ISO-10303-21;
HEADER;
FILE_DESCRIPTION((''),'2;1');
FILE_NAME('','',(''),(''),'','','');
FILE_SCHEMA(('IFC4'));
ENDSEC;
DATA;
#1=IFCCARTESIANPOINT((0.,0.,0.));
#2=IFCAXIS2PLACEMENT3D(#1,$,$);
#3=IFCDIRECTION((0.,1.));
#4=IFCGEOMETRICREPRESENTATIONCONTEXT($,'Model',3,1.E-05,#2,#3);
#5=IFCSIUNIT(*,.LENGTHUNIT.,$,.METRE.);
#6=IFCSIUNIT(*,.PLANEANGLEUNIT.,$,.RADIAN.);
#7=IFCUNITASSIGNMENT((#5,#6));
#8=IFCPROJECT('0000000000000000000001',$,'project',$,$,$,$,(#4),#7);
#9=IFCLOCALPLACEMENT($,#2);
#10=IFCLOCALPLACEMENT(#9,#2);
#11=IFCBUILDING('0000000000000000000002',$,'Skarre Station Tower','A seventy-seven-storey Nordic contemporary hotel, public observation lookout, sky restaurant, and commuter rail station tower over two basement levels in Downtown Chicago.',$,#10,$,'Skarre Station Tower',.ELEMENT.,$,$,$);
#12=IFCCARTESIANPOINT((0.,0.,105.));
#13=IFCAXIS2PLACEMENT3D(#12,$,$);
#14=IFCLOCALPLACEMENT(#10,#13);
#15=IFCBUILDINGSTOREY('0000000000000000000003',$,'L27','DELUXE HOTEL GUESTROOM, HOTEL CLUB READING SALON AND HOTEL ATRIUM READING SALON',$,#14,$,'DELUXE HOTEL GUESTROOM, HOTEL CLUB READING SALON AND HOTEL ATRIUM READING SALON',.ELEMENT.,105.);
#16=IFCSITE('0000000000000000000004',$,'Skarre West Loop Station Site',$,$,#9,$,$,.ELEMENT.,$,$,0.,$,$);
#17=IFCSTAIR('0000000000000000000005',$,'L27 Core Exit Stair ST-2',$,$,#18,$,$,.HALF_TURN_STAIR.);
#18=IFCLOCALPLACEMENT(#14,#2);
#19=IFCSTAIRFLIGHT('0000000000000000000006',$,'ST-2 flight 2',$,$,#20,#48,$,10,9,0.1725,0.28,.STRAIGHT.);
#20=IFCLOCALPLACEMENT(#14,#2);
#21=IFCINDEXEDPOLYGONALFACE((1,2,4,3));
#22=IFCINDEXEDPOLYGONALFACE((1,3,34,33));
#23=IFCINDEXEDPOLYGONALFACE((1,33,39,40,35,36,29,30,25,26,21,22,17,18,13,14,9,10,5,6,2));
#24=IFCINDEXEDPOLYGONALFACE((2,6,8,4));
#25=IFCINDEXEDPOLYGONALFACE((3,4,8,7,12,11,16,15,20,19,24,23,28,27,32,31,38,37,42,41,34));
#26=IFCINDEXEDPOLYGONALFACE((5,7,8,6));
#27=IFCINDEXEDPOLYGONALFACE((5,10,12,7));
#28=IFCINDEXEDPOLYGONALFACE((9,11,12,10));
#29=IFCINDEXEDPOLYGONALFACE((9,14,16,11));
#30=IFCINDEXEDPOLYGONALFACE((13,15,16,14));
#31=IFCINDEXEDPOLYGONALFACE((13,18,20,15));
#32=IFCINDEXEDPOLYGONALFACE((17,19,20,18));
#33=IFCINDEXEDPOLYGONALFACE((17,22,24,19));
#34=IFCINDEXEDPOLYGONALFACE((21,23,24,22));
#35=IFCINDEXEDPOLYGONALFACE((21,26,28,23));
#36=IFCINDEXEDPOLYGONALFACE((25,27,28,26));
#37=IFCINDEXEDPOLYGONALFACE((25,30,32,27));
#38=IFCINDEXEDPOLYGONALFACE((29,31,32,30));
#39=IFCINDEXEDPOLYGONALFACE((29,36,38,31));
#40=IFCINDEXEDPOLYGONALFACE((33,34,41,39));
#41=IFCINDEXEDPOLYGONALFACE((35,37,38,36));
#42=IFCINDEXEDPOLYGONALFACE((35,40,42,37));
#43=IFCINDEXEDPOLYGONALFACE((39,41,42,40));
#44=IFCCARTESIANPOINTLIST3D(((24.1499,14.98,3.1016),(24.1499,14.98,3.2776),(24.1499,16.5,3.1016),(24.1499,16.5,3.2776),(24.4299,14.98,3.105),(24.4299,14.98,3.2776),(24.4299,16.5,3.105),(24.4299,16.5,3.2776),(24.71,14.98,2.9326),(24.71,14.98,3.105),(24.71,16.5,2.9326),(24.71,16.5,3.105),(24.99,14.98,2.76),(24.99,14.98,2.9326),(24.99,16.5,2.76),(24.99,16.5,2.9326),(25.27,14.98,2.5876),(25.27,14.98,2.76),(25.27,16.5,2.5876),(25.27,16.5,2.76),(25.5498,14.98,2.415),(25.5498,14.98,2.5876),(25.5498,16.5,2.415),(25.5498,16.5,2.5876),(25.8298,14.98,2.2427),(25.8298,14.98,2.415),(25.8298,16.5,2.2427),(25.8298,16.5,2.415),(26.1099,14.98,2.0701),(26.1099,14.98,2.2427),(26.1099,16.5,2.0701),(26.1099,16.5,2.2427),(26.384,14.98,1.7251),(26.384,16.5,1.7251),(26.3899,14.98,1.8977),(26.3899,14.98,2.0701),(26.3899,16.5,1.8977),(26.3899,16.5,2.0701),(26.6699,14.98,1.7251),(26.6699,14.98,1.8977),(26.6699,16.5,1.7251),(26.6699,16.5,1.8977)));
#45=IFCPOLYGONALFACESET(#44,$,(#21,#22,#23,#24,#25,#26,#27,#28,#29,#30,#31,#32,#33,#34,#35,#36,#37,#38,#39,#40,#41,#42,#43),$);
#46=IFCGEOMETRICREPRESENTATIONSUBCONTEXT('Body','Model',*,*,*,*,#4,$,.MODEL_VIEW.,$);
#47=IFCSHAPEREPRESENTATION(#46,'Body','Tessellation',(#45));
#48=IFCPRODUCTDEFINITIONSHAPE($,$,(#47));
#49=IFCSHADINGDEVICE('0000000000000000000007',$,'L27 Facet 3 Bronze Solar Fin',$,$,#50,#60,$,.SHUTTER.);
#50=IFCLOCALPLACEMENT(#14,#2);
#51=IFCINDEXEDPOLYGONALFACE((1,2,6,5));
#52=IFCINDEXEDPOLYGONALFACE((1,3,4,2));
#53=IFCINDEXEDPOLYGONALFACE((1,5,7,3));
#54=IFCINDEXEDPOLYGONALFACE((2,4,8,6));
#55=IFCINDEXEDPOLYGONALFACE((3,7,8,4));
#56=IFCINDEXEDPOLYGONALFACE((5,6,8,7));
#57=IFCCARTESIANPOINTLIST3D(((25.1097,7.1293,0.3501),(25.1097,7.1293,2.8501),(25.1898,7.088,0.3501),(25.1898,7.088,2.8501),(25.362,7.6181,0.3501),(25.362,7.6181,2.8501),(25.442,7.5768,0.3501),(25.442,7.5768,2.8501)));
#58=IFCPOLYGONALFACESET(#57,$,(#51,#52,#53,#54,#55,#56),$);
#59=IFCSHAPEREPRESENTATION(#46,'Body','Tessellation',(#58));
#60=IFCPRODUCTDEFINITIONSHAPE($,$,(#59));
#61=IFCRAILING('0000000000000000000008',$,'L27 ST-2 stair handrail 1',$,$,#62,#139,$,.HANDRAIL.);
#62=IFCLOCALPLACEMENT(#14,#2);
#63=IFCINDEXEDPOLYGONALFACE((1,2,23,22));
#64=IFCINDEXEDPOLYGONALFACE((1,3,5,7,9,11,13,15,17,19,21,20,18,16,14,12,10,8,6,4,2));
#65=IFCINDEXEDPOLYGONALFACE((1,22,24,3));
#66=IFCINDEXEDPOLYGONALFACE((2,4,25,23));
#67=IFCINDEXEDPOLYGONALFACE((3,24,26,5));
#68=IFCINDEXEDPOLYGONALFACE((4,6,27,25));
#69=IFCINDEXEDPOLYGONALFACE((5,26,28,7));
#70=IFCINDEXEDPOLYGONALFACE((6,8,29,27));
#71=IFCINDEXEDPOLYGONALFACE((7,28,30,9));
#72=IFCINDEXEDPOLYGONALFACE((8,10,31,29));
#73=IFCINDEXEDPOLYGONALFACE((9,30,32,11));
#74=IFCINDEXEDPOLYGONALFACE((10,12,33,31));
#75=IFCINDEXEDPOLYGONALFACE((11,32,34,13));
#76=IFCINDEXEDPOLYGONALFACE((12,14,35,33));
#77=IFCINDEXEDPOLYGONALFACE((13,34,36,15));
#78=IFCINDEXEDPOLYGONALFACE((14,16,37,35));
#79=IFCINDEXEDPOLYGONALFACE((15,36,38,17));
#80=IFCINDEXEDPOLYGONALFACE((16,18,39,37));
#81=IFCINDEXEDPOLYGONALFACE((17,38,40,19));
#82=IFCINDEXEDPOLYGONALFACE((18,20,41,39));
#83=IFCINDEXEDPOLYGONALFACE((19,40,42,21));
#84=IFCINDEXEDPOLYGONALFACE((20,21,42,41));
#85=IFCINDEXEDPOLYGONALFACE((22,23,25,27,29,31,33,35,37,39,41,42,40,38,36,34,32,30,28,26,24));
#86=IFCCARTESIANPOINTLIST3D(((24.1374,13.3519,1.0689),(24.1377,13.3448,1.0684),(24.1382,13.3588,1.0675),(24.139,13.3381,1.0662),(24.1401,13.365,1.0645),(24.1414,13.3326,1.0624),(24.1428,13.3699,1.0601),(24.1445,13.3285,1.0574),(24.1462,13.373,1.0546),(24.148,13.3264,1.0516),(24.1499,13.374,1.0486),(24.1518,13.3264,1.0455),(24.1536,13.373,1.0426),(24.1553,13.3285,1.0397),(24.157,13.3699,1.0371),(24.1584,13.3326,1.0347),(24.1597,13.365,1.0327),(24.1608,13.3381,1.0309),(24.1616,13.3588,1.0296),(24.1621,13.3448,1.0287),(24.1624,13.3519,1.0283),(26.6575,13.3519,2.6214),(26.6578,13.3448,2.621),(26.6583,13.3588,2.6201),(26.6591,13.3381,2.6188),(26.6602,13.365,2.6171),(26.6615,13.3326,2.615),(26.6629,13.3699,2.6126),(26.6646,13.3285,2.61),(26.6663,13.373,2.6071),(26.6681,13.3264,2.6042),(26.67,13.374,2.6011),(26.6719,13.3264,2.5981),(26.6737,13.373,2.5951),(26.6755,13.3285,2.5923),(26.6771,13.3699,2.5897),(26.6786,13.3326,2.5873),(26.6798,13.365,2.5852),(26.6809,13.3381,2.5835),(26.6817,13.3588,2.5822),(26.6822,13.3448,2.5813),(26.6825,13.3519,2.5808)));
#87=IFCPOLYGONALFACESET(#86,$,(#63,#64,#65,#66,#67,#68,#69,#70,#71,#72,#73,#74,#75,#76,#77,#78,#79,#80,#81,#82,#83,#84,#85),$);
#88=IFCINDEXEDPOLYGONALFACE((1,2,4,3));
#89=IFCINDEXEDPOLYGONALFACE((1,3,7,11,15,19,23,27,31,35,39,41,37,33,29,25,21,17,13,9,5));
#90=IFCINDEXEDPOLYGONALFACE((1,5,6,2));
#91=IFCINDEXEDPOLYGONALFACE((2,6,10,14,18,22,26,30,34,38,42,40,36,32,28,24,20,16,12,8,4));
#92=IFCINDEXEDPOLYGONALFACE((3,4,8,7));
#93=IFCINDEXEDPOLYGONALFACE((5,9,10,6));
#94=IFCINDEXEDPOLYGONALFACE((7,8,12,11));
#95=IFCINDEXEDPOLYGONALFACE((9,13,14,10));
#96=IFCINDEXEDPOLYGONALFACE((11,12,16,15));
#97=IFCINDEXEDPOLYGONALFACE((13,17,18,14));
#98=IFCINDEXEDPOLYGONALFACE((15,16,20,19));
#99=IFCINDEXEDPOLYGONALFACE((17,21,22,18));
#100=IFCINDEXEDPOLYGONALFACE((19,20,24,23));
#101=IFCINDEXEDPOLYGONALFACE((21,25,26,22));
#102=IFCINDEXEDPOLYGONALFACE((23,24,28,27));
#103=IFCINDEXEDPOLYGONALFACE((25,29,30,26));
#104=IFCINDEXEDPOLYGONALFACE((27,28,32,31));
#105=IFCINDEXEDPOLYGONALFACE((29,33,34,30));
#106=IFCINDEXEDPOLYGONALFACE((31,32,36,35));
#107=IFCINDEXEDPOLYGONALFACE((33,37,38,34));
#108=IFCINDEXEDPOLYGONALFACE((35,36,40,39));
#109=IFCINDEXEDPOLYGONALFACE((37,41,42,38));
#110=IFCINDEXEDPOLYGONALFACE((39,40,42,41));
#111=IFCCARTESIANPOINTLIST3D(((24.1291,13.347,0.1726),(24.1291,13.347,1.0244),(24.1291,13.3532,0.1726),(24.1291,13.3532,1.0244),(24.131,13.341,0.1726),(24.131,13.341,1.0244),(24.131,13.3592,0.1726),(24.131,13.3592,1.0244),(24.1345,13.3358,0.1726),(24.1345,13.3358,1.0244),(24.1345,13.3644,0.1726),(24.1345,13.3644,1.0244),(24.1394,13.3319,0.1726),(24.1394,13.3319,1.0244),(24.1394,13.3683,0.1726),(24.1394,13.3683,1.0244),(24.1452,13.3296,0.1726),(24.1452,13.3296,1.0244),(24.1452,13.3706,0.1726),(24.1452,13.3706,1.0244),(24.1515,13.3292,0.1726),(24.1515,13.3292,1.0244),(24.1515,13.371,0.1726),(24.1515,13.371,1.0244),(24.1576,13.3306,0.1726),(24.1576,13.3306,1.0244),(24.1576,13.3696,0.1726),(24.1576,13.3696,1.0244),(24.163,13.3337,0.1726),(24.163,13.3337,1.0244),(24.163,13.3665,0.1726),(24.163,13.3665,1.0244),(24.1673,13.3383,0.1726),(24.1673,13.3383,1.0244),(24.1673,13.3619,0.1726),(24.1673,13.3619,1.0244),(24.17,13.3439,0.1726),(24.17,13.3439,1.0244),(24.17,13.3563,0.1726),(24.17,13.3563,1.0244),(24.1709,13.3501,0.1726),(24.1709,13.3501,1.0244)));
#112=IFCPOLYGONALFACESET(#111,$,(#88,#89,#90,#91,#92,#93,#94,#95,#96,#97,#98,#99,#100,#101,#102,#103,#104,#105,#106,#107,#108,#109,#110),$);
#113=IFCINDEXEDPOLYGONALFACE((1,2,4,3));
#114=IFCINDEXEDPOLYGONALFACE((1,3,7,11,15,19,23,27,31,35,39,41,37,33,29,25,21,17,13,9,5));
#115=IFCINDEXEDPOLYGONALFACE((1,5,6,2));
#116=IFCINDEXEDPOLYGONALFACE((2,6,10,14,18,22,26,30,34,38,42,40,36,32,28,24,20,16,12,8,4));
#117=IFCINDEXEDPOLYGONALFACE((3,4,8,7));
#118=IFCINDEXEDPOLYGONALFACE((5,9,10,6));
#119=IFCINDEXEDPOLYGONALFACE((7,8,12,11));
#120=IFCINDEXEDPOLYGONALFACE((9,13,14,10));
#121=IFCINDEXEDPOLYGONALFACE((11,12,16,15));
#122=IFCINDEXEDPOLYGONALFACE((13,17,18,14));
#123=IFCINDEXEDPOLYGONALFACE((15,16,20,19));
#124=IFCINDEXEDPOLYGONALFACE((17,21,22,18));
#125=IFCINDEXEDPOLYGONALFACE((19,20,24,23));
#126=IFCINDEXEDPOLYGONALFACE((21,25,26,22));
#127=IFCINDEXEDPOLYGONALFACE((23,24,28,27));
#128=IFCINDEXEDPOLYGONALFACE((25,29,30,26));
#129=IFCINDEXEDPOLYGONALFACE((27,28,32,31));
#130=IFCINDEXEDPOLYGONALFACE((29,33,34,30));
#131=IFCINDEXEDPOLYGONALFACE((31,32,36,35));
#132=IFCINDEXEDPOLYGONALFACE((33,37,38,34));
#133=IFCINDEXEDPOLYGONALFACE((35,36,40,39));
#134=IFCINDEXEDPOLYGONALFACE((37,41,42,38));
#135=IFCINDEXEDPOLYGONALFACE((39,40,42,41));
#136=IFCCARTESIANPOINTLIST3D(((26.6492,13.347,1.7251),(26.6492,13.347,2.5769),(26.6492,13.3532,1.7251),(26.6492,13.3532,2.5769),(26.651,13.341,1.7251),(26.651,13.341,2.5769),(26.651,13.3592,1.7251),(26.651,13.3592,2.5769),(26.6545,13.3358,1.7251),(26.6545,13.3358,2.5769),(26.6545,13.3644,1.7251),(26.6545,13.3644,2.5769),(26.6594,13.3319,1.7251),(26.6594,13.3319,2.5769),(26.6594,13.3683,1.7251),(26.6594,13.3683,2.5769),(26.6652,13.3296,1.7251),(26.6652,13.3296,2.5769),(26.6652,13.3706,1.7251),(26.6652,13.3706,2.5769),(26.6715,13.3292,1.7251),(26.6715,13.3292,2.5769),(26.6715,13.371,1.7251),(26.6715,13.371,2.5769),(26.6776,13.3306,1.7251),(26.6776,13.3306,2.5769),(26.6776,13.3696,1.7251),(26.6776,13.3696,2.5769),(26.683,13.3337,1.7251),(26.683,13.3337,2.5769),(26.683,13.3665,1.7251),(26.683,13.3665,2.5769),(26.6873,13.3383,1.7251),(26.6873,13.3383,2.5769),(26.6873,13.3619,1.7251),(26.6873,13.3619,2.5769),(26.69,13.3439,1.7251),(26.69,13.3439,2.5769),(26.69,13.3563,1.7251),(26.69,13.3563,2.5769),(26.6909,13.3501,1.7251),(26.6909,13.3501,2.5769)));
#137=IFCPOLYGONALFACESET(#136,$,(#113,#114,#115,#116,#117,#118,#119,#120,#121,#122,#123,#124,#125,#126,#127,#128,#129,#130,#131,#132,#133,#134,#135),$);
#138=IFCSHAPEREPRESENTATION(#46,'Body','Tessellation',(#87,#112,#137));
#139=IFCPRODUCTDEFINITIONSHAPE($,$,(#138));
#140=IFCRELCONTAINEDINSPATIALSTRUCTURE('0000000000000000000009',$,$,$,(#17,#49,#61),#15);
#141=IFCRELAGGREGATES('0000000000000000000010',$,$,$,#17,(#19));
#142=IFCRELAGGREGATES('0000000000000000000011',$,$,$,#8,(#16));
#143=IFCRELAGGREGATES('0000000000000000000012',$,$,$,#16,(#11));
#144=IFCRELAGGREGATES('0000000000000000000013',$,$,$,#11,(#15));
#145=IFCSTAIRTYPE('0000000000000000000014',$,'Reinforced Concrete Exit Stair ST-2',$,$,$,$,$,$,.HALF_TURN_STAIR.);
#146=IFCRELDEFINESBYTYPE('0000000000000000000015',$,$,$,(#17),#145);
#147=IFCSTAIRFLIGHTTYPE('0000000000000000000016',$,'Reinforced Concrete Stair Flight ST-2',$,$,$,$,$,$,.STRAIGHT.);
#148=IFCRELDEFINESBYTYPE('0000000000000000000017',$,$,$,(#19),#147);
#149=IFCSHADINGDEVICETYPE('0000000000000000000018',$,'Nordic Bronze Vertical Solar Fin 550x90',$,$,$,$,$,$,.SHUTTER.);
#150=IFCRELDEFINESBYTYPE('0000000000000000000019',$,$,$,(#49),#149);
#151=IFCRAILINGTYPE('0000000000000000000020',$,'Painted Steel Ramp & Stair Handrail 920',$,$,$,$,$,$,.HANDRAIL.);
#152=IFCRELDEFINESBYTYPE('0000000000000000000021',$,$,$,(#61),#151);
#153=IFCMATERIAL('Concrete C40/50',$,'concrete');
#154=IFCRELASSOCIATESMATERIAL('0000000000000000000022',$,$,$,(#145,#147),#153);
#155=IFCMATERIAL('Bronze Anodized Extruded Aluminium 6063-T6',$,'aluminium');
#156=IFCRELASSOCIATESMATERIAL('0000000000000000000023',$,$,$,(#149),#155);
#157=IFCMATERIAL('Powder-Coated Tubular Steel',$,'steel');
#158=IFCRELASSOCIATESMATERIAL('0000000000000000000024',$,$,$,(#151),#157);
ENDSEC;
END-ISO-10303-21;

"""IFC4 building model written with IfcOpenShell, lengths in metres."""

from ifc_helpers import new_model, si_unit, direction, frame, origin, origin_2d, place, context, subcontext, project, spatial, polyline, rectangle, circle, outline, extrude, material, type_object, element, aggregate, save


model = new_model("IFC4")

# Units and contexts
model_context = context("Model", 3, precision=1e-05, world=origin(), true_north=direction((0.0, 1.0)))
body_context = subcontext(model_context, "Body", "Model", "MODEL_VIEW")
ifc_project = project(units=[si_unit("LENGTHUNIT", "METRE"), si_unit("PLANEANGLEUNIT", "RADIAN")], contexts=[model_context])

# Site, building, storey
site_placement = place(None, origin())
site = spatial("IfcSite", under=ifc_project, at=site_placement, Name="Skarre West Loop Station Site", CompositionType="ELEMENT", RefElevation=0.0)
building_placement = place(site_placement, origin())
building = spatial("IfcBuilding", under=site, at=building_placement, Name="Skarre Station Tower", Description="A seventy-seven-storey Nordic contemporary hotel, public observation lookout, sky restaurant, and commuter rail station tower over two basement levels in Downtown Chicago.", LongName="Skarre Station Tower", CompositionType="ELEMENT")
storey_placement = place(building_placement, frame((0.0, 0.0, 105.0)))
storey = spatial("IfcBuildingStorey", under=building, at=storey_placement, Name="L27", Description="DELUXE HOTEL GUESTROOM, HOTEL CLUB READING SALON AND HOTEL ATRIUM READING SALON", LongName="DELUXE HOTEL GUESTROOM, HOTEL CLUB READING SALON AND HOTEL ATRIUM READING SALON", CompositionType="ELEMENT", Elevation=105.0)

# Stair, stair flight
ifc_material_1 = material(Name="Concrete C40/50", Category="concrete")
stair_type = type_object("IfcStairType", Name="Reinforced Concrete Exit Stair ST-2", PredefinedType="HALF_TURN_STAIR", material=ifc_material_1)
stair_placement = place(storey_placement, origin())
stair = element("IfcStair", 1, at=stair_placement, inside=storey, type_object=stair_type, Name="L27 Core Exit Stair ST-2", PredefinedType="HALF_TURN_STAIR")
stair_flight_type = type_object("IfcStairFlightType", Name="Reinforced Concrete Stair Flight ST-2", PredefinedType="STRAIGHT", material=ifc_material_1)
stair_flight_1_placement = place(storey_placement, frame((26.6699, 15.74, 1.7251), z_axis=(0.0, 0.0, 1.0), x_axis=(-1.0, 0.0, 0.0)))
stair_flight_1 = element("IfcStairFlight", 2, at=stair_flight_1_placement, type_object=stair_flight_type, Name="ST-2 flight 2", NumberOfRisers=10, NumberOfTreads=9, PredefinedType="STRAIGHT", RiserHeight=0.1725, TreadLength=0.28, context=body_context, shape_type="SweptSolid", body=[
    extrude(outline(polyline([(0.0, 0.0), (0.0, 0.1726), (0.28, 0.1726), (0.28, 0.345), (0.5601, 0.345), (0.5601, 0.5176), (0.8401, 0.5176), (0.8401, 0.6899), (1.1201, 0.6899), (1.1201, 0.8625), (1.3999, 0.8625), (1.3999, 1.0349), (1.6799, 1.0349), (1.6799, 1.2075), (1.96, 1.2075), (1.96, 1.3799), (2.24, 1.3799), (2.24, 1.5525), (2.52, 1.5525), (2.52, 1.7251), (2.52, 1.3765), (0.2859, 0.0), (0.0, 0.0)])), frame((0.0, 0.76, 0.0), z_axis=(0.0, -1.0, 0.0), x_axis=(1.0, 0.0, 0.0)), (0.0, 0.0, 1.0), 1.52),
])
aggregate(stair, [stair_flight_1])

# Shading device
ifc_material_2 = material(Name="Bronze Anodized Extruded Aluminium 6063-T6", Category="aluminium")
shading_device_type = type_object("IfcShadingDeviceType", Name="Nordic Bronze Vertical Solar Fin 550x90", PredefinedType="SHUTTER", material=ifc_material_2)
shading_device_placement = place(storey_placement, frame((25.2759, 7.353, 0.3501), z_axis=(0.0, 0.0, 1.0), x_axis=(-0.45865, -0.888617, 0.0)))
element("IfcShadingDevice", 3, at=shading_device_placement, inside=storey, type_object=shading_device_type, Name="L27 Facet 3 Bronze Solar Fin", PredefinedType="SHUTTER", context=body_context, shape_type="SweptSolid", body=[
    extrude(rectangle(XDim=0.55, YDim=0.0901, at=origin_2d()), origin(), (0.0, 0.0, 1.0), 2.5),
])

# Railing
ifc_material_3 = material(Name="Powder-Coated Tubular Steel", Category="steel")
railing_type_1 = type_object("IfcRailingType", Name="Painted Steel Ramp & Stair Handrail 920", PredefinedType="HANDRAIL", material=ifc_material_3)
railing_1_placement = place(storey_placement, frame((24.1499, 13.3501, 0.1726)))
element("IfcRailing", 4, at=railing_1_placement, inside=storey, type_object=railing_type_1, Name="L27 ST-2 stair handrail 1", PredefinedType="HANDRAIL", context=body_context, shape_type="SweptSolid", body=[
    extrude(circle(Radius=0.0239, at=origin_2d()), frame((0.0, 0.0, 0.876), z_axis=(0.8514, 0.0, 0.524516), x_axis=(0.0, 1.0, 0.0)), (0.0, 0.0, 1.0), 2.96),
    extrude(circle(Radius=0.021, at=origin_2d()), origin(), (0.0, 0.0, 1.0), 0.8518),
    extrude(circle(Radius=0.021, at=origin_2d()), frame((2.52, 0.0, 1.5525)), (0.0, 0.0, 1.0), 0.8518),
])

save(model, "model.ifc")
